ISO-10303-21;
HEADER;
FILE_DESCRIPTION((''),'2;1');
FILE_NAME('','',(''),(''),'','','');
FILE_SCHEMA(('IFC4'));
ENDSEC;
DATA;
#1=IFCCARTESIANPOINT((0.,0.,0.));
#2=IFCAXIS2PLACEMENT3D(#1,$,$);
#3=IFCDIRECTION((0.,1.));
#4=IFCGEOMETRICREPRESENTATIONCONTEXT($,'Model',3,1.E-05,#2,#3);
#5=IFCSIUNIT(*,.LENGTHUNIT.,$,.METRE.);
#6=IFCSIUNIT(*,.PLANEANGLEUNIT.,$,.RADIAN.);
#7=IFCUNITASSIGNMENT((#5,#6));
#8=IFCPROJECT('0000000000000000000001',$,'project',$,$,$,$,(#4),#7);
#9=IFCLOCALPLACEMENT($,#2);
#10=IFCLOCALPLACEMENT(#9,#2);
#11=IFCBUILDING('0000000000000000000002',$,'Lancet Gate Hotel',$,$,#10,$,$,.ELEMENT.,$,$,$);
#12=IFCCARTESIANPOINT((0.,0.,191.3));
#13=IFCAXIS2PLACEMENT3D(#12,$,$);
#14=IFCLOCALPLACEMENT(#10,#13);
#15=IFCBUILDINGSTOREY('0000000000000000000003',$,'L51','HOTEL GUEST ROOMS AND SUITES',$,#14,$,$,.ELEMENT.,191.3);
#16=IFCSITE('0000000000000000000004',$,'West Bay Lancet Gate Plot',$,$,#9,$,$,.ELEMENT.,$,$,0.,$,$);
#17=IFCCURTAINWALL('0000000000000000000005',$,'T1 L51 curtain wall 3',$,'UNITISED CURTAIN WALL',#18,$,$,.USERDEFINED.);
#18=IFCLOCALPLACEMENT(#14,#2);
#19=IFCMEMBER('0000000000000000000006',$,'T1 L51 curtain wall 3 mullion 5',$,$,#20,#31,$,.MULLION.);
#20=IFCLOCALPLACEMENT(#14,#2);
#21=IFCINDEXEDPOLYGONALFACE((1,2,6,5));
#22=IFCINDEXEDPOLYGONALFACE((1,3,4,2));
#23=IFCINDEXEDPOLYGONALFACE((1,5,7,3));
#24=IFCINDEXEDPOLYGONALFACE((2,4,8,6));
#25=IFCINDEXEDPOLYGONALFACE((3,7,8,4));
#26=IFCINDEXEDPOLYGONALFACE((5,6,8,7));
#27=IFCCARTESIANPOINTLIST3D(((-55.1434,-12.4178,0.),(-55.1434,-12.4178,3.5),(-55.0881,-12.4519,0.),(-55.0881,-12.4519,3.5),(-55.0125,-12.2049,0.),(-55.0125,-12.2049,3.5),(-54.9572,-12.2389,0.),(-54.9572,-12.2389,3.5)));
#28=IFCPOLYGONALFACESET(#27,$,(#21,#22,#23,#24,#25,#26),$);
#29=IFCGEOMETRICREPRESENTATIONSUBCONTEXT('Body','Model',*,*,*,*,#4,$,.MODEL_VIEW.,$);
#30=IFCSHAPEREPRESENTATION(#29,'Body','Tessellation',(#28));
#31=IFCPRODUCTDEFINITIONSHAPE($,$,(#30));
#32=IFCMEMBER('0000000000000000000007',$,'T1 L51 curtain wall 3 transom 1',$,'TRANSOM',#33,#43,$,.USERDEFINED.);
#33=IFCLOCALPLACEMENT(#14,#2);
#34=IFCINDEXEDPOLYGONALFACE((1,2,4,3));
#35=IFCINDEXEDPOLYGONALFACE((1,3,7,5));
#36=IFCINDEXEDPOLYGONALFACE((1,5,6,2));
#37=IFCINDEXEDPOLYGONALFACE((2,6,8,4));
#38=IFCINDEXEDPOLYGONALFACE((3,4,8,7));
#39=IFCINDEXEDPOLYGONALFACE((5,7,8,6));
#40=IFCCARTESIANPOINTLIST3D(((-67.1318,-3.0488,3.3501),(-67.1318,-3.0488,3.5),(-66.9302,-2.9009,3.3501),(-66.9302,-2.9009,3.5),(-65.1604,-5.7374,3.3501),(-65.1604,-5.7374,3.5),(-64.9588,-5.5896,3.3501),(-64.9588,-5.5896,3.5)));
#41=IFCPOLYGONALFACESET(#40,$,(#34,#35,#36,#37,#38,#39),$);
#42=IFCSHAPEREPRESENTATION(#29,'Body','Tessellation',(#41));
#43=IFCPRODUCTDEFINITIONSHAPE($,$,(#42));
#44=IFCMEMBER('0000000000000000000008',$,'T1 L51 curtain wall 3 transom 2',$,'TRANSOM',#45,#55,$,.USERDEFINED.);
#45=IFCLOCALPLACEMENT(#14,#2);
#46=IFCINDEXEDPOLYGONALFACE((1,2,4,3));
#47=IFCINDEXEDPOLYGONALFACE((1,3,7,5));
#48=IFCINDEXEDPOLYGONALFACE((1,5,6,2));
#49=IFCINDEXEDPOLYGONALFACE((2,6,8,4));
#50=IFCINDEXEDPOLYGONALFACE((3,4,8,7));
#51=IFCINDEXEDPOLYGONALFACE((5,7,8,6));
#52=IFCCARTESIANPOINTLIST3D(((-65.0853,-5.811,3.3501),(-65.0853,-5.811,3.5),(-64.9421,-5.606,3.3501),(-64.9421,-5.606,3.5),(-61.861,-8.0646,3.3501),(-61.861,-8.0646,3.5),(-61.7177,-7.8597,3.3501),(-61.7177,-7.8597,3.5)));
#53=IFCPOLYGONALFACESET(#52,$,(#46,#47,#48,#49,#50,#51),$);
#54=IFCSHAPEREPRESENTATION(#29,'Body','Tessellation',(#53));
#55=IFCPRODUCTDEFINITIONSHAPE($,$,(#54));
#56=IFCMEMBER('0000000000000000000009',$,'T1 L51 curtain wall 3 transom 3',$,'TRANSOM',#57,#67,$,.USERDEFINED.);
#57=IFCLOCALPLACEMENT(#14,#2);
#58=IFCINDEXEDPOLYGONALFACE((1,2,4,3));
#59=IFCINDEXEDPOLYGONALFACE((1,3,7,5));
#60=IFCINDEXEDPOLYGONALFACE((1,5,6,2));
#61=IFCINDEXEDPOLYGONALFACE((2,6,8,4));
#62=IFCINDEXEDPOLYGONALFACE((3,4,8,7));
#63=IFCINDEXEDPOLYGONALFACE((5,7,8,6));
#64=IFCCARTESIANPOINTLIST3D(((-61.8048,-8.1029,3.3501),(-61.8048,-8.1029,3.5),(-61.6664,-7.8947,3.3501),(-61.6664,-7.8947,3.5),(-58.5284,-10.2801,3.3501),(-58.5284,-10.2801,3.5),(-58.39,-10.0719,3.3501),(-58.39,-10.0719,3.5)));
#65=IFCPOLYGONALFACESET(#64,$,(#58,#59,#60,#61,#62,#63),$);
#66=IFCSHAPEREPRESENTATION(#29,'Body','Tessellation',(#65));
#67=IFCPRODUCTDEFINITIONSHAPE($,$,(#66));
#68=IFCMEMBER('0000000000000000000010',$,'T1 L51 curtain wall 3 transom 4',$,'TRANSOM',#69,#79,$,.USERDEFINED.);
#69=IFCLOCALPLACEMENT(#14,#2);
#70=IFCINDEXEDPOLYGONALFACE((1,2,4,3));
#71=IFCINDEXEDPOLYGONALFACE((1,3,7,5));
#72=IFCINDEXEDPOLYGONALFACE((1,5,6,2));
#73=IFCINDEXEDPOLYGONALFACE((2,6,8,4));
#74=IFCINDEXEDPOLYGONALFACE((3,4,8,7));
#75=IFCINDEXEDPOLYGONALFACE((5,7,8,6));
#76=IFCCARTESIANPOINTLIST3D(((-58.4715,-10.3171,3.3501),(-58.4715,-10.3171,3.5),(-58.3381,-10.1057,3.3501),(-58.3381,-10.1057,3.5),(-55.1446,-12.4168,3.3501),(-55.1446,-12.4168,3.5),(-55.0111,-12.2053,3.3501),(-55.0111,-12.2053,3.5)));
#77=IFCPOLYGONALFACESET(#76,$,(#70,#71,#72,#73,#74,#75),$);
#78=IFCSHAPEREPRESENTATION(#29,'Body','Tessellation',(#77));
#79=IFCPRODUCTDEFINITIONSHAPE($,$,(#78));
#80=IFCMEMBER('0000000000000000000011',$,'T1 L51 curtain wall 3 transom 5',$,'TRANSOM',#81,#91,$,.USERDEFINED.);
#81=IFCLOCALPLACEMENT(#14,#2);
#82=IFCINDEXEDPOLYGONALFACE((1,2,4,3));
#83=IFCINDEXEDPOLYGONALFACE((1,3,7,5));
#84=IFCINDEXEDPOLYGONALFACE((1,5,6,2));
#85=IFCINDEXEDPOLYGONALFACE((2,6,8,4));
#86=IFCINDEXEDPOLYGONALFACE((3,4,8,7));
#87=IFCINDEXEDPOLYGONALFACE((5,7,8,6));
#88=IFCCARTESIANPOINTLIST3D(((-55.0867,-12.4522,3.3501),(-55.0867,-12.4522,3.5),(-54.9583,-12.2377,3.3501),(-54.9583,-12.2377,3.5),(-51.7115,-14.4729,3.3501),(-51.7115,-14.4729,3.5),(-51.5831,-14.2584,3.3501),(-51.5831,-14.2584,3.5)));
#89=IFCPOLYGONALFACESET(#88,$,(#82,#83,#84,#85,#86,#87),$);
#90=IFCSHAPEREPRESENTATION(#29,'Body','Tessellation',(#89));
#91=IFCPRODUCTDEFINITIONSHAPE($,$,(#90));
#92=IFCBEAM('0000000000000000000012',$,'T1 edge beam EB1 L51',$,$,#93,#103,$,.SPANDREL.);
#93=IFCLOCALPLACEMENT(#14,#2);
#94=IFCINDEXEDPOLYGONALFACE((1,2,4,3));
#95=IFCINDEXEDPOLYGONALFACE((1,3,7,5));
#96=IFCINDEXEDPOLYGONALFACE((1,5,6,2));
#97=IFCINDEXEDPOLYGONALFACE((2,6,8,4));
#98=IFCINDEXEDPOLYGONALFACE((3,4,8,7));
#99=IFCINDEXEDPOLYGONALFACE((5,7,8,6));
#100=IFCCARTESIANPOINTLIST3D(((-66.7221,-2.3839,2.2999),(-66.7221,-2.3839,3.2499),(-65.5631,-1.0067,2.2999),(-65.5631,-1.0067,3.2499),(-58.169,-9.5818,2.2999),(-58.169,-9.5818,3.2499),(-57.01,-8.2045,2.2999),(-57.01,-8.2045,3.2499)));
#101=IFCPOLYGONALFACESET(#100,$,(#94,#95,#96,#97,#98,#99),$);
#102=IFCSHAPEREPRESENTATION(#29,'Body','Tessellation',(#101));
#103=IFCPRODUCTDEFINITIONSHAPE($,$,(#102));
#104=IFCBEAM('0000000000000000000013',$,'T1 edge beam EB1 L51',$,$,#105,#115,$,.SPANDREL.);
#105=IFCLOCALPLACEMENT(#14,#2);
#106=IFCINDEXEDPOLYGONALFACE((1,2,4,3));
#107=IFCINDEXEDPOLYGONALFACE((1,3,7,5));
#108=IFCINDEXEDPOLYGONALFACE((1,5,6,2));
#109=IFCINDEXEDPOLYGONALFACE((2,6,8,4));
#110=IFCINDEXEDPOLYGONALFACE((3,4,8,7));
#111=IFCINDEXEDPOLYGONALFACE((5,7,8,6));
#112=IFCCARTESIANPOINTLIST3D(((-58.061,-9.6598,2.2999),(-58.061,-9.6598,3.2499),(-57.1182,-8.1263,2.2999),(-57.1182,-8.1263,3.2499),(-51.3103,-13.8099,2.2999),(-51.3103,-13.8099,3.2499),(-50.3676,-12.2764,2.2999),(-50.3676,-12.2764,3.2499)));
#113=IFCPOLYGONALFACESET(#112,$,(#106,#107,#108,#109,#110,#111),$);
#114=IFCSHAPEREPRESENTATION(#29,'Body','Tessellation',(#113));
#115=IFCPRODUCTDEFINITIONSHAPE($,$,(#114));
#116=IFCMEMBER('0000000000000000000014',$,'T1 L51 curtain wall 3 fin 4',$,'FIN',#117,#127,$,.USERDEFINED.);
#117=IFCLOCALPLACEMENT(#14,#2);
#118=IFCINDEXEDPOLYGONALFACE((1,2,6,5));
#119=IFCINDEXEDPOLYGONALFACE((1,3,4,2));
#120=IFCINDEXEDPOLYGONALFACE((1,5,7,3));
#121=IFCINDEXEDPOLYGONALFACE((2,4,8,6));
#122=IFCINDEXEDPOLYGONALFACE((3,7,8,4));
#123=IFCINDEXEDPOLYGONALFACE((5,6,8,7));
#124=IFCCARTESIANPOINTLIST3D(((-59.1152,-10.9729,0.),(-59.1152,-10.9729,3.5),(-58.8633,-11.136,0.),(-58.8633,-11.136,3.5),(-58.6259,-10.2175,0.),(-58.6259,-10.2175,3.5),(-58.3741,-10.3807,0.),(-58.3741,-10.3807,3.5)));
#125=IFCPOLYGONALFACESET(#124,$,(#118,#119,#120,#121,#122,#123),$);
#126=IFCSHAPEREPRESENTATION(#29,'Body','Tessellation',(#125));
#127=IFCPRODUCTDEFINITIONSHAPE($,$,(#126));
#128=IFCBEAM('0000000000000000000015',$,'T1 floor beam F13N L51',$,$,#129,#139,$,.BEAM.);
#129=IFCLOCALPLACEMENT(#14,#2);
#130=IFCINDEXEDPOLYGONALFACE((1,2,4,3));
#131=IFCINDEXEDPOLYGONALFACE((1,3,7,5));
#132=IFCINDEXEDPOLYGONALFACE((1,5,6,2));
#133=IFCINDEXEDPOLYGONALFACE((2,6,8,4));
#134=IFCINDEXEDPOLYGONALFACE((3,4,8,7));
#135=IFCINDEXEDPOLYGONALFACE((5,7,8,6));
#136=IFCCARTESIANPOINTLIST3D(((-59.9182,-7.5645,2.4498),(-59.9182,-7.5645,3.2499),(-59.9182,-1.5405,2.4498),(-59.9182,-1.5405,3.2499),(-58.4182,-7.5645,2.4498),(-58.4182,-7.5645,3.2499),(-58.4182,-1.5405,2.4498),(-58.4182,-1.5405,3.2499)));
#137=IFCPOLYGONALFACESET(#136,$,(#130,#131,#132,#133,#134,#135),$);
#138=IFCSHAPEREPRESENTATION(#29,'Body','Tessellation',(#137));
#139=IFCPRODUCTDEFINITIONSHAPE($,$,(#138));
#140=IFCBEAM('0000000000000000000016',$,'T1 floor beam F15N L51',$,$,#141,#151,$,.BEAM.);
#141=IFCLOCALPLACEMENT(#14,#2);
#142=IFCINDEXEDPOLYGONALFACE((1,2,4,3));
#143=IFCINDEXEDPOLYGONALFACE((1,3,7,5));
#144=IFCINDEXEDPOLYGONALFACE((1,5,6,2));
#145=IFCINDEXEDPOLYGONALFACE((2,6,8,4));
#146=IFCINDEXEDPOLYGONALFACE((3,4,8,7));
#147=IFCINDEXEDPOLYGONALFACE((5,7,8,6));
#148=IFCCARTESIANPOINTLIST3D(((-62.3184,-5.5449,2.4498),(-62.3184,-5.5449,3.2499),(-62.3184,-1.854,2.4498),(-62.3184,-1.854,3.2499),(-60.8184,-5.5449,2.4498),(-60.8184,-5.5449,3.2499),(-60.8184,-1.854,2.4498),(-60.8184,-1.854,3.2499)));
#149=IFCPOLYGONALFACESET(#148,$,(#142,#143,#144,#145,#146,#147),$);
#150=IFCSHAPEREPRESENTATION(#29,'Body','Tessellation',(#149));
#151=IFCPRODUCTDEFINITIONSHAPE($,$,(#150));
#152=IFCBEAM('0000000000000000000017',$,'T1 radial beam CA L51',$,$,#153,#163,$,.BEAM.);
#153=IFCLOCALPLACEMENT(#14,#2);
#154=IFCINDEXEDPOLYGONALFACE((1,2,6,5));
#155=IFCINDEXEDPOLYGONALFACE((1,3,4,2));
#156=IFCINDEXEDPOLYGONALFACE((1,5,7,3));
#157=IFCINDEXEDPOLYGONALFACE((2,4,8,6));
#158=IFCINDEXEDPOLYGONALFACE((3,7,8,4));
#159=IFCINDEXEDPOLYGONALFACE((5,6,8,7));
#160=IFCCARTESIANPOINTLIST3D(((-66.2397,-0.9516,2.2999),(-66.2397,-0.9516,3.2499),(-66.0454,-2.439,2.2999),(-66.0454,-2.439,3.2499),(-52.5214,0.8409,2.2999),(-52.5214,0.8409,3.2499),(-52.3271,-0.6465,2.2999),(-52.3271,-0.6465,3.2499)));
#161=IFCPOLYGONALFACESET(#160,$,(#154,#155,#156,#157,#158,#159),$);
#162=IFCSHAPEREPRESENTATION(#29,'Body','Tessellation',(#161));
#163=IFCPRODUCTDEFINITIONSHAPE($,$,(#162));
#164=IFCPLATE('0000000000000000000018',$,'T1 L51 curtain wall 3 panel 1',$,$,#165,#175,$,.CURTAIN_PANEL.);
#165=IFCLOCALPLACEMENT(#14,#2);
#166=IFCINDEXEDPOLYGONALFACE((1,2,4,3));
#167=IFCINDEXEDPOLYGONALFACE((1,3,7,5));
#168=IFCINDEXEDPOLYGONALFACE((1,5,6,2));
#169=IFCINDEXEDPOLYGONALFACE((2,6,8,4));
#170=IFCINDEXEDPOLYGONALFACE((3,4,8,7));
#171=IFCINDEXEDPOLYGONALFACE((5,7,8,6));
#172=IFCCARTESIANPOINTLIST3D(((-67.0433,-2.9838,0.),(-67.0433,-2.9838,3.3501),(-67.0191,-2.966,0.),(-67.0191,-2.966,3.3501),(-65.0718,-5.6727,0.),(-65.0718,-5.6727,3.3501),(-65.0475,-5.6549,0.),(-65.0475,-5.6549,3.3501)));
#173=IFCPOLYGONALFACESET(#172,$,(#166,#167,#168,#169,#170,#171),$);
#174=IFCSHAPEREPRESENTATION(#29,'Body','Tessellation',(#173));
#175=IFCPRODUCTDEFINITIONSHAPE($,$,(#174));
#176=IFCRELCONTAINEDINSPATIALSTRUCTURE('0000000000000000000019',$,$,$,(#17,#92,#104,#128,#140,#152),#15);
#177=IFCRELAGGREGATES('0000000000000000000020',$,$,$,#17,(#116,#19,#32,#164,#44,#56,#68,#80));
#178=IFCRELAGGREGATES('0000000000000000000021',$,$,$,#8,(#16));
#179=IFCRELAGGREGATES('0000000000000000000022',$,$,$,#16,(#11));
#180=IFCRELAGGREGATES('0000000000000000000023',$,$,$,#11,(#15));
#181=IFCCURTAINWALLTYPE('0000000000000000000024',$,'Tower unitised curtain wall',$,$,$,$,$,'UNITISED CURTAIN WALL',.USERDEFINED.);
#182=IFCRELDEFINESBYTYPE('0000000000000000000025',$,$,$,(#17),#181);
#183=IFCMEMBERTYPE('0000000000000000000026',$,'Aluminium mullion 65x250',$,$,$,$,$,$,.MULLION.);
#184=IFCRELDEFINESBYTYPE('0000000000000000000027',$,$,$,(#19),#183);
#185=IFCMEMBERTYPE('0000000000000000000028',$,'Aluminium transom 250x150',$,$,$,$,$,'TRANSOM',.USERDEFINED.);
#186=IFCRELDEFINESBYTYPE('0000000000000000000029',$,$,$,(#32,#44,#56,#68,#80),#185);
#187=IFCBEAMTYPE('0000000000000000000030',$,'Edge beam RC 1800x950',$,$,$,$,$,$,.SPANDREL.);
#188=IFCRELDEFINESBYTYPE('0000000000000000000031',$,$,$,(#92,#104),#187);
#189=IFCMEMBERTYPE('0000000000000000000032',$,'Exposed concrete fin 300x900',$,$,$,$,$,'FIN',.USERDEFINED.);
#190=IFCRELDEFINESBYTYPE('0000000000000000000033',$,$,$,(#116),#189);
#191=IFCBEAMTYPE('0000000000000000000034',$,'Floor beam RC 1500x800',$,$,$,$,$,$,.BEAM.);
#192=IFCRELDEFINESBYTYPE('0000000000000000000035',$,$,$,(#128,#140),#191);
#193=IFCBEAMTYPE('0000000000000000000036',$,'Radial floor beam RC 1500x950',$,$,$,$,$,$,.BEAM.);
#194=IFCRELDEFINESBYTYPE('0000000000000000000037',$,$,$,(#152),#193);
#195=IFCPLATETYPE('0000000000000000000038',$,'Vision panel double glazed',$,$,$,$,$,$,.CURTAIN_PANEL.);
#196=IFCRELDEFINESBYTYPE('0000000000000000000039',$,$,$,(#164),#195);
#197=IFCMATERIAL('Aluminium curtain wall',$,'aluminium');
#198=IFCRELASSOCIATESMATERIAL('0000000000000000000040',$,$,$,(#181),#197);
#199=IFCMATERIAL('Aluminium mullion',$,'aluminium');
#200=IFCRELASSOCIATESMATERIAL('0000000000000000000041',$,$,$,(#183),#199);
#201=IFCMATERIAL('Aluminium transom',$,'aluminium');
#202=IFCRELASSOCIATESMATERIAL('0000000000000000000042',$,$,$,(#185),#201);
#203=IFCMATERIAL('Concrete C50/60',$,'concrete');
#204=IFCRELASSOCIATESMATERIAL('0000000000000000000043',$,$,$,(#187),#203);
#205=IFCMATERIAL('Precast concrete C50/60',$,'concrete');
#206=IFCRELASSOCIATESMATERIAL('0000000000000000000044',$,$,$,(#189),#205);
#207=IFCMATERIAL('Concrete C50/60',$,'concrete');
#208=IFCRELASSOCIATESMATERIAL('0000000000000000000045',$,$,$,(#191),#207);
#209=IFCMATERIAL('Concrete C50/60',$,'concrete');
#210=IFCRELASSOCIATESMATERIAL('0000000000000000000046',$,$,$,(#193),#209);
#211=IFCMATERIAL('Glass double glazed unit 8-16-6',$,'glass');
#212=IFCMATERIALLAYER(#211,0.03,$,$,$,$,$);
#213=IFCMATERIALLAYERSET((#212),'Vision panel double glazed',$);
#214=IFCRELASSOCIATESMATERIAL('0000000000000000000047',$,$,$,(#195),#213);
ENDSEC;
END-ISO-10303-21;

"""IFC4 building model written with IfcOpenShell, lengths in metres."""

from ifc_helpers import new_model, si_unit, direction, frame, origin, origin_2d, place, context, subcontext, project, spatial, rectangle, extrude, material, layer, layer_set, material_profile, profile_set, type_object, element, aggregate, save


model = new_model("IFC4")

# Units and contexts
model_context = context("Model", 3, precision=1e-05, world=origin(), true_north=direction((0.0, 1.0)))
body_context = subcontext(model_context, "Body", "Model", "MODEL_VIEW")
ifc_project = project(units=[si_unit("LENGTHUNIT", "METRE"), si_unit("PLANEANGLEUNIT", "RADIAN")], contexts=[model_context])

# Site, building, storey
site_placement = place(None, origin())
site = spatial("IfcSite", under=ifc_project, at=site_placement, Name="West Bay Lancet Gate Plot", CompositionType="ELEMENT", RefElevation=0.0)
building_placement = place(site_placement, origin())
building = spatial("IfcBuilding", under=site, at=building_placement, Name="Lancet Gate Hotel", CompositionType="ELEMENT")
storey_placement = place(building_placement, frame((0.0, 0.0, 191.3)))
storey = spatial("IfcBuildingStorey", under=building, at=storey_placement, Name="L51", Description="HOTEL GUEST ROOMS AND SUITES", CompositionType="ELEMENT", Elevation=191.3)

# Curtain wall, members
ifc_material_1 = material(Name="Aluminium curtain wall", Category="aluminium")
curtain_wall_type = type_object("IfcCurtainWallType", Name="Tower unitised curtain wall", ElementType="UNITISED CURTAIN WALL", PredefinedType="USERDEFINED", material=ifc_material_1)
curtain_wall_placement = place(storey_placement, origin())
curtain_wall = element("IfcCurtainWall", 1, at=curtain_wall_placement, inside=storey, type_object=curtain_wall_type, Name="T1 L51 curtain wall 3", ObjectType="UNITISED CURTAIN WALL", PredefinedType="USERDEFINED")
ifc_material_2 = material(Name="Aluminium mullion", Category="aluminium")
ifc_material_profile_1 = material_profile(ifc_material_2, rectangle(XDim=0.0649, YDim=0.25, at=origin_2d()), Name="MULLION 65x250")
ifc_profile_set_1 = profile_set([ifc_material_profile_1], Name="Aluminium mullion")
member_type_1 = type_object("IfcMemberType", Name="Aluminium mullion 65x250", PredefinedType="MULLION", material=ifc_profile_set_1)
member_1_placement = place(storey_placement, frame((-55.0503, -12.3284, 0.0), z_axis=(0.0, 0.0, 1.0), x_axis=(0.851886, -0.523728, 0.0)))
member_1 = element("IfcMember", 2, at=member_1_placement, type_object=member_type_1, Name="T1 L51 curtain wall 3 mullion 5", PredefinedType="MULLION", context=body_context, shape_type="SweptSolid", body=[
    extrude(rectangle(XDim=0.0649, YDim=0.25, at=origin_2d()), origin(), (0.0, 0.0, 1.0), 3.5),
])
ifc_material_3 = material(Name="Aluminium transom", Category="aluminium")
ifc_material_profile_2 = material_profile(ifc_material_3, rectangle(XDim=0.25, YDim=0.1499, at=origin_2d()), Name="TRANSOM 250x150")
ifc_profile_set_2 = profile_set([ifc_material_profile_2], Name="Aluminium transom")
member_type_2 = type_object("IfcMemberType", Name="Aluminium transom 250x150", ElementType="TRANSOM", PredefinedType="USERDEFINED", material=ifc_profile_set_2)
member_2_placement = place(storey_placement, frame((-67.031, -2.9749, 3.425), z_axis=(0.591307, -0.806447, 0.0), x_axis=(0.806447, 0.591307, 0.0)))
member_2 = element("IfcMember", 3, at=member_2_placement, type_object=member_type_2, Name="T1 L51 curtain wall 3 transom 1", ObjectType="TRANSOM", PredefinedType="USERDEFINED", context=body_context, shape_type="SweptSolid", body=[
    extrude(rectangle(XDim=0.25, YDim=0.1499, at=origin_2d()), origin(), (0.0, 0.0, 1.0), 3.334),
])
member_3_placement = place(storey_placement, frame((-65.0137, -5.7085, 3.425), z_axis=(0.819637, -0.572883, 0.0), x_axis=(0.572883, 0.819637, 0.0)))
member_3 = element("IfcMember", 4, at=member_3_placement, type_object=member_type_2, Name="T1 L51 curtain wall 3 transom 2", ObjectType="TRANSOM", PredefinedType="USERDEFINED", context=body_context, shape_type="SweptSolid", body=[
    extrude(rectangle(XDim=0.25, YDim=0.1499, at=origin_2d()), origin(), (0.0, 0.0, 1.0), 3.9338),
])
member_4_placement = place(storey_placement, frame((-61.7356, -7.9988, 3.425), z_axis=(0.832871, -0.553468, 0.0), x_axis=(0.553468, 0.832871, 0.0)))
member_4 = element("IfcMember", 5, at=member_4_placement, type_object=member_type_2, Name="T1 L51 curtain wall 3 transom 3", ObjectType="TRANSOM", PredefinedType="USERDEFINED", context=body_context, shape_type="SweptSolid", body=[
    extrude(rectangle(XDim=0.25, YDim=0.1499, at=origin_2d()), origin(), (0.0, 0.0, 1.0), 3.9338),
])
member_5_placement = place(storey_placement, frame((-58.4048, -10.2114, 3.425), z_axis=(0.845672, -0.533703, 0.0), x_axis=(0.533703, 0.845672, 0.0)))
member_5 = element("IfcMember", 6, at=member_5_placement, type_object=member_type_2, Name="T1 L51 curtain wall 3 transom 4", ObjectType="TRANSOM", PredefinedType="USERDEFINED", context=body_context, shape_type="SweptSolid", body=[
    extrude(rectangle(XDim=0.25, YDim=0.1499, at=origin_2d()), origin(), (0.0, 0.0, 1.0), 3.9341),
])
member_6_placement = place(storey_placement, frame((-55.0225, -12.345, 3.425), z_axis=(0.857985, -0.513674, 0.0), x_axis=(0.513674, 0.857985, 0.0)))
member_6 = element("IfcMember", 7, at=member_6_placement, type_object=member_type_2, Name="T1 L51 curtain wall 3 transom 5", ObjectType="TRANSOM", PredefinedType="USERDEFINED", context=body_context, shape_type="SweptSolid", body=[
    extrude(rectangle(XDim=0.25, YDim=0.1499, at=origin_2d()), origin(), (0.0, 0.0, 1.0), 3.9338),
])

# Beams
ifc_material_4 = material(Name="Concrete C50/60", Category="concrete")
ifc_material_profile_3 = material_profile(ifc_material_4, rectangle(XDim=1.8, YDim=0.95, at=origin_2d()), Name="RC 1800x950")
ifc_profile_set_3 = profile_set([ifc_material_profile_3], Name="Concrete C50/60")
beam_type_1 = type_object("IfcBeamType", Name="Edge beam RC 1800x950", PredefinedType="SPANDREL", material=ifc_profile_set_3)
beam_1_placement = place(storey_placement, frame((-66.1426, -1.6953, 2.7749), z_axis=(0.765121, -0.643887, 0.0), x_axis=(0.643887, 0.765121, 0.0)))
element("IfcBeam", 8, at=beam_1_placement, inside=storey, type_object=beam_type_1, Name="T1 edge beam EB1 L51", PredefinedType="SPANDREL", context=body_context, shape_type="SweptSolid", body=[
    extrude(rectangle(XDim=1.8, YDim=0.95, at=origin_2d()), origin(), (0.0, 0.0, 1.0), 11.1787),
])
beam_2_placement = place(storey_placement, frame((-57.5896, -8.8931, 2.7749), z_axis=(0.851892, -0.523717, 0.0), x_axis=(0.523717, 0.851892, 0.0)))
element("IfcBeam", 9, at=beam_2_placement, inside=storey, type_object=beam_type_1, Name="T1 edge beam EB1 L51", PredefinedType="SPANDREL", context=body_context, shape_type="SweptSolid", body=[
    extrude(rectangle(XDim=1.8, YDim=0.95, at=origin_2d()), origin(), (0.0, 0.0, 1.0), 7.9243),
])

# Member
ifc_material_5 = material(Name="Precast concrete C50/60", Category="concrete")
ifc_material_profile_4 = material_profile(ifc_material_5, rectangle(XDim=0.3, YDim=0.8999, at=origin_2d()), Name="FIN 300x900")
ifc_profile_set_4 = profile_set([ifc_material_profile_4], Name="Precast concrete C50/60")
member_type_3 = type_object("IfcMemberType", Name="Exposed concrete fin 300x900", ElementType="FIN", PredefinedType="USERDEFINED", material=ifc_profile_set_4)
member_7_placement = place(storey_placement, frame((-58.7446, -10.6768, 0.0), z_axis=(0.0, 0.0, 1.0), x_axis=(0.839331, -0.543621, 0.0)))
member_7 = element("IfcMember", 10, at=member_7_placement, type_object=member_type_3, Name="T1 L51 curtain wall 3 fin 4", ObjectType="FIN", PredefinedType="USERDEFINED", context=body_context, shape_type="SweptSolid", body=[
    extrude(rectangle(XDim=0.3, YDim=0.8999, at=origin_2d()), origin(), (0.0, 0.0, 1.0), 3.5),
])

# Beams
ifc_material_6 = material(Name="Concrete C50/60", Category="concrete")
ifc_material_profile_5 = material_profile(ifc_material_6, rectangle(XDim=1.5, YDim=0.8, at=origin_2d()), Name="RC 1500x800")
ifc_profile_set_5 = profile_set([ifc_material_profile_5], Name="Concrete C50/60")
beam_type_2 = type_object("IfcBeamType", Name="Floor beam RC 1500x800", PredefinedType="BEAM", material=ifc_profile_set_5)
beam_3_placement = place(storey_placement, frame((-59.1682, -1.5405, 2.8499), z_axis=(0.0, -1.0, 0.0), x_axis=(1.0, 0.0, 0.0)))
element("IfcBeam", 11, at=beam_3_placement, inside=storey, type_object=beam_type_2, Name="T1 floor beam F13N L51", PredefinedType="BEAM", context=body_context, shape_type="SweptSolid", body=[
    extrude(rectangle(XDim=1.5, YDim=0.8, at=origin_2d()), origin(), (0.0, 0.0, 1.0), 6.0239),
])
beam_4_placement = place(storey_placement, frame((-61.5684, -1.854, 2.8499), z_axis=(0.0, -1.0, 0.0), x_axis=(1.0, 0.0, 0.0)))
element("IfcBeam", 12, at=beam_4_placement, inside=storey, type_object=beam_type_2, Name="T1 floor beam F15N L51", PredefinedType="BEAM", context=body_context, shape_type="SweptSolid", body=[
    extrude(rectangle(XDim=1.5, YDim=0.8, at=origin_2d()), origin(), (0.0, 0.0, 1.0), 3.6909),
])
ifc_material_7 = material(Name="Concrete C50/60", Category="concrete")
ifc_material_profile_6 = material_profile(ifc_material_7, rectangle(XDim=1.5, YDim=0.95, at=origin_2d()), Name="RC 1500x950")
ifc_profile_set_6 = profile_set([ifc_material_profile_6], Name="Concrete C50/60")
beam_type_3 = type_object("IfcBeamType", Name="Radial floor beam RC 1500x950", PredefinedType="BEAM", material=ifc_profile_set_6)
beam_5_placement = place(storey_placement, frame((-66.1426, -1.6953, 2.7749), z_axis=(0.991571, 0.129562, 0.0), x_axis=(-0.129562, 0.991571, 0.0)))
element("IfcBeam", 13, at=beam_5_placement, inside=storey, type_object=beam_type_3, Name="T1 radial beam CA L51", PredefinedType="BEAM", context=body_context, shape_type="SweptSolid", body=[
    extrude(rectangle(XDim=1.5, YDim=0.95, at=origin_2d()), origin(), (0.0, 0.0, 1.0), 13.835),
])

# Plate
ifc_material_8 = material(Name="Glass double glazed unit 8-16-6", Category="glass")
ifc_layer_1 = layer(ifc_material_8, 0.03)
ifc_layer_set_1 = layer_set([ifc_layer_1], Name="Vision panel double glazed")
plate_type = type_object("IfcPlateType", Name="Vision panel double glazed", PredefinedType="CURTAIN_PANEL", material=ifc_layer_set_1)
plate_1_placement = place(storey_placement, frame((-66.0454, -4.3193, 0.0), z_axis=(0.0, 0.0, 1.0), x_axis=(0.5913, -0.806452, 0.0)))
plate_1 = element("IfcPlate", 14, at=plate_1_placement, type_object=plate_type, Name="T1 L51 curtain wall 3 panel 1", PredefinedType="CURTAIN_PANEL", context=body_context, shape_type="SweptSolid", body=[
    extrude(rectangle(XDim=3.3342, YDim=0.03, at=origin_2d()), origin(), (0.0, 0.0, 1.0), 3.3501),
])
aggregate(curtain_wall, [member_7, member_1, member_2, plate_1, member_3, member_4, member_5, member_6])

save(model, "model.ifc")
